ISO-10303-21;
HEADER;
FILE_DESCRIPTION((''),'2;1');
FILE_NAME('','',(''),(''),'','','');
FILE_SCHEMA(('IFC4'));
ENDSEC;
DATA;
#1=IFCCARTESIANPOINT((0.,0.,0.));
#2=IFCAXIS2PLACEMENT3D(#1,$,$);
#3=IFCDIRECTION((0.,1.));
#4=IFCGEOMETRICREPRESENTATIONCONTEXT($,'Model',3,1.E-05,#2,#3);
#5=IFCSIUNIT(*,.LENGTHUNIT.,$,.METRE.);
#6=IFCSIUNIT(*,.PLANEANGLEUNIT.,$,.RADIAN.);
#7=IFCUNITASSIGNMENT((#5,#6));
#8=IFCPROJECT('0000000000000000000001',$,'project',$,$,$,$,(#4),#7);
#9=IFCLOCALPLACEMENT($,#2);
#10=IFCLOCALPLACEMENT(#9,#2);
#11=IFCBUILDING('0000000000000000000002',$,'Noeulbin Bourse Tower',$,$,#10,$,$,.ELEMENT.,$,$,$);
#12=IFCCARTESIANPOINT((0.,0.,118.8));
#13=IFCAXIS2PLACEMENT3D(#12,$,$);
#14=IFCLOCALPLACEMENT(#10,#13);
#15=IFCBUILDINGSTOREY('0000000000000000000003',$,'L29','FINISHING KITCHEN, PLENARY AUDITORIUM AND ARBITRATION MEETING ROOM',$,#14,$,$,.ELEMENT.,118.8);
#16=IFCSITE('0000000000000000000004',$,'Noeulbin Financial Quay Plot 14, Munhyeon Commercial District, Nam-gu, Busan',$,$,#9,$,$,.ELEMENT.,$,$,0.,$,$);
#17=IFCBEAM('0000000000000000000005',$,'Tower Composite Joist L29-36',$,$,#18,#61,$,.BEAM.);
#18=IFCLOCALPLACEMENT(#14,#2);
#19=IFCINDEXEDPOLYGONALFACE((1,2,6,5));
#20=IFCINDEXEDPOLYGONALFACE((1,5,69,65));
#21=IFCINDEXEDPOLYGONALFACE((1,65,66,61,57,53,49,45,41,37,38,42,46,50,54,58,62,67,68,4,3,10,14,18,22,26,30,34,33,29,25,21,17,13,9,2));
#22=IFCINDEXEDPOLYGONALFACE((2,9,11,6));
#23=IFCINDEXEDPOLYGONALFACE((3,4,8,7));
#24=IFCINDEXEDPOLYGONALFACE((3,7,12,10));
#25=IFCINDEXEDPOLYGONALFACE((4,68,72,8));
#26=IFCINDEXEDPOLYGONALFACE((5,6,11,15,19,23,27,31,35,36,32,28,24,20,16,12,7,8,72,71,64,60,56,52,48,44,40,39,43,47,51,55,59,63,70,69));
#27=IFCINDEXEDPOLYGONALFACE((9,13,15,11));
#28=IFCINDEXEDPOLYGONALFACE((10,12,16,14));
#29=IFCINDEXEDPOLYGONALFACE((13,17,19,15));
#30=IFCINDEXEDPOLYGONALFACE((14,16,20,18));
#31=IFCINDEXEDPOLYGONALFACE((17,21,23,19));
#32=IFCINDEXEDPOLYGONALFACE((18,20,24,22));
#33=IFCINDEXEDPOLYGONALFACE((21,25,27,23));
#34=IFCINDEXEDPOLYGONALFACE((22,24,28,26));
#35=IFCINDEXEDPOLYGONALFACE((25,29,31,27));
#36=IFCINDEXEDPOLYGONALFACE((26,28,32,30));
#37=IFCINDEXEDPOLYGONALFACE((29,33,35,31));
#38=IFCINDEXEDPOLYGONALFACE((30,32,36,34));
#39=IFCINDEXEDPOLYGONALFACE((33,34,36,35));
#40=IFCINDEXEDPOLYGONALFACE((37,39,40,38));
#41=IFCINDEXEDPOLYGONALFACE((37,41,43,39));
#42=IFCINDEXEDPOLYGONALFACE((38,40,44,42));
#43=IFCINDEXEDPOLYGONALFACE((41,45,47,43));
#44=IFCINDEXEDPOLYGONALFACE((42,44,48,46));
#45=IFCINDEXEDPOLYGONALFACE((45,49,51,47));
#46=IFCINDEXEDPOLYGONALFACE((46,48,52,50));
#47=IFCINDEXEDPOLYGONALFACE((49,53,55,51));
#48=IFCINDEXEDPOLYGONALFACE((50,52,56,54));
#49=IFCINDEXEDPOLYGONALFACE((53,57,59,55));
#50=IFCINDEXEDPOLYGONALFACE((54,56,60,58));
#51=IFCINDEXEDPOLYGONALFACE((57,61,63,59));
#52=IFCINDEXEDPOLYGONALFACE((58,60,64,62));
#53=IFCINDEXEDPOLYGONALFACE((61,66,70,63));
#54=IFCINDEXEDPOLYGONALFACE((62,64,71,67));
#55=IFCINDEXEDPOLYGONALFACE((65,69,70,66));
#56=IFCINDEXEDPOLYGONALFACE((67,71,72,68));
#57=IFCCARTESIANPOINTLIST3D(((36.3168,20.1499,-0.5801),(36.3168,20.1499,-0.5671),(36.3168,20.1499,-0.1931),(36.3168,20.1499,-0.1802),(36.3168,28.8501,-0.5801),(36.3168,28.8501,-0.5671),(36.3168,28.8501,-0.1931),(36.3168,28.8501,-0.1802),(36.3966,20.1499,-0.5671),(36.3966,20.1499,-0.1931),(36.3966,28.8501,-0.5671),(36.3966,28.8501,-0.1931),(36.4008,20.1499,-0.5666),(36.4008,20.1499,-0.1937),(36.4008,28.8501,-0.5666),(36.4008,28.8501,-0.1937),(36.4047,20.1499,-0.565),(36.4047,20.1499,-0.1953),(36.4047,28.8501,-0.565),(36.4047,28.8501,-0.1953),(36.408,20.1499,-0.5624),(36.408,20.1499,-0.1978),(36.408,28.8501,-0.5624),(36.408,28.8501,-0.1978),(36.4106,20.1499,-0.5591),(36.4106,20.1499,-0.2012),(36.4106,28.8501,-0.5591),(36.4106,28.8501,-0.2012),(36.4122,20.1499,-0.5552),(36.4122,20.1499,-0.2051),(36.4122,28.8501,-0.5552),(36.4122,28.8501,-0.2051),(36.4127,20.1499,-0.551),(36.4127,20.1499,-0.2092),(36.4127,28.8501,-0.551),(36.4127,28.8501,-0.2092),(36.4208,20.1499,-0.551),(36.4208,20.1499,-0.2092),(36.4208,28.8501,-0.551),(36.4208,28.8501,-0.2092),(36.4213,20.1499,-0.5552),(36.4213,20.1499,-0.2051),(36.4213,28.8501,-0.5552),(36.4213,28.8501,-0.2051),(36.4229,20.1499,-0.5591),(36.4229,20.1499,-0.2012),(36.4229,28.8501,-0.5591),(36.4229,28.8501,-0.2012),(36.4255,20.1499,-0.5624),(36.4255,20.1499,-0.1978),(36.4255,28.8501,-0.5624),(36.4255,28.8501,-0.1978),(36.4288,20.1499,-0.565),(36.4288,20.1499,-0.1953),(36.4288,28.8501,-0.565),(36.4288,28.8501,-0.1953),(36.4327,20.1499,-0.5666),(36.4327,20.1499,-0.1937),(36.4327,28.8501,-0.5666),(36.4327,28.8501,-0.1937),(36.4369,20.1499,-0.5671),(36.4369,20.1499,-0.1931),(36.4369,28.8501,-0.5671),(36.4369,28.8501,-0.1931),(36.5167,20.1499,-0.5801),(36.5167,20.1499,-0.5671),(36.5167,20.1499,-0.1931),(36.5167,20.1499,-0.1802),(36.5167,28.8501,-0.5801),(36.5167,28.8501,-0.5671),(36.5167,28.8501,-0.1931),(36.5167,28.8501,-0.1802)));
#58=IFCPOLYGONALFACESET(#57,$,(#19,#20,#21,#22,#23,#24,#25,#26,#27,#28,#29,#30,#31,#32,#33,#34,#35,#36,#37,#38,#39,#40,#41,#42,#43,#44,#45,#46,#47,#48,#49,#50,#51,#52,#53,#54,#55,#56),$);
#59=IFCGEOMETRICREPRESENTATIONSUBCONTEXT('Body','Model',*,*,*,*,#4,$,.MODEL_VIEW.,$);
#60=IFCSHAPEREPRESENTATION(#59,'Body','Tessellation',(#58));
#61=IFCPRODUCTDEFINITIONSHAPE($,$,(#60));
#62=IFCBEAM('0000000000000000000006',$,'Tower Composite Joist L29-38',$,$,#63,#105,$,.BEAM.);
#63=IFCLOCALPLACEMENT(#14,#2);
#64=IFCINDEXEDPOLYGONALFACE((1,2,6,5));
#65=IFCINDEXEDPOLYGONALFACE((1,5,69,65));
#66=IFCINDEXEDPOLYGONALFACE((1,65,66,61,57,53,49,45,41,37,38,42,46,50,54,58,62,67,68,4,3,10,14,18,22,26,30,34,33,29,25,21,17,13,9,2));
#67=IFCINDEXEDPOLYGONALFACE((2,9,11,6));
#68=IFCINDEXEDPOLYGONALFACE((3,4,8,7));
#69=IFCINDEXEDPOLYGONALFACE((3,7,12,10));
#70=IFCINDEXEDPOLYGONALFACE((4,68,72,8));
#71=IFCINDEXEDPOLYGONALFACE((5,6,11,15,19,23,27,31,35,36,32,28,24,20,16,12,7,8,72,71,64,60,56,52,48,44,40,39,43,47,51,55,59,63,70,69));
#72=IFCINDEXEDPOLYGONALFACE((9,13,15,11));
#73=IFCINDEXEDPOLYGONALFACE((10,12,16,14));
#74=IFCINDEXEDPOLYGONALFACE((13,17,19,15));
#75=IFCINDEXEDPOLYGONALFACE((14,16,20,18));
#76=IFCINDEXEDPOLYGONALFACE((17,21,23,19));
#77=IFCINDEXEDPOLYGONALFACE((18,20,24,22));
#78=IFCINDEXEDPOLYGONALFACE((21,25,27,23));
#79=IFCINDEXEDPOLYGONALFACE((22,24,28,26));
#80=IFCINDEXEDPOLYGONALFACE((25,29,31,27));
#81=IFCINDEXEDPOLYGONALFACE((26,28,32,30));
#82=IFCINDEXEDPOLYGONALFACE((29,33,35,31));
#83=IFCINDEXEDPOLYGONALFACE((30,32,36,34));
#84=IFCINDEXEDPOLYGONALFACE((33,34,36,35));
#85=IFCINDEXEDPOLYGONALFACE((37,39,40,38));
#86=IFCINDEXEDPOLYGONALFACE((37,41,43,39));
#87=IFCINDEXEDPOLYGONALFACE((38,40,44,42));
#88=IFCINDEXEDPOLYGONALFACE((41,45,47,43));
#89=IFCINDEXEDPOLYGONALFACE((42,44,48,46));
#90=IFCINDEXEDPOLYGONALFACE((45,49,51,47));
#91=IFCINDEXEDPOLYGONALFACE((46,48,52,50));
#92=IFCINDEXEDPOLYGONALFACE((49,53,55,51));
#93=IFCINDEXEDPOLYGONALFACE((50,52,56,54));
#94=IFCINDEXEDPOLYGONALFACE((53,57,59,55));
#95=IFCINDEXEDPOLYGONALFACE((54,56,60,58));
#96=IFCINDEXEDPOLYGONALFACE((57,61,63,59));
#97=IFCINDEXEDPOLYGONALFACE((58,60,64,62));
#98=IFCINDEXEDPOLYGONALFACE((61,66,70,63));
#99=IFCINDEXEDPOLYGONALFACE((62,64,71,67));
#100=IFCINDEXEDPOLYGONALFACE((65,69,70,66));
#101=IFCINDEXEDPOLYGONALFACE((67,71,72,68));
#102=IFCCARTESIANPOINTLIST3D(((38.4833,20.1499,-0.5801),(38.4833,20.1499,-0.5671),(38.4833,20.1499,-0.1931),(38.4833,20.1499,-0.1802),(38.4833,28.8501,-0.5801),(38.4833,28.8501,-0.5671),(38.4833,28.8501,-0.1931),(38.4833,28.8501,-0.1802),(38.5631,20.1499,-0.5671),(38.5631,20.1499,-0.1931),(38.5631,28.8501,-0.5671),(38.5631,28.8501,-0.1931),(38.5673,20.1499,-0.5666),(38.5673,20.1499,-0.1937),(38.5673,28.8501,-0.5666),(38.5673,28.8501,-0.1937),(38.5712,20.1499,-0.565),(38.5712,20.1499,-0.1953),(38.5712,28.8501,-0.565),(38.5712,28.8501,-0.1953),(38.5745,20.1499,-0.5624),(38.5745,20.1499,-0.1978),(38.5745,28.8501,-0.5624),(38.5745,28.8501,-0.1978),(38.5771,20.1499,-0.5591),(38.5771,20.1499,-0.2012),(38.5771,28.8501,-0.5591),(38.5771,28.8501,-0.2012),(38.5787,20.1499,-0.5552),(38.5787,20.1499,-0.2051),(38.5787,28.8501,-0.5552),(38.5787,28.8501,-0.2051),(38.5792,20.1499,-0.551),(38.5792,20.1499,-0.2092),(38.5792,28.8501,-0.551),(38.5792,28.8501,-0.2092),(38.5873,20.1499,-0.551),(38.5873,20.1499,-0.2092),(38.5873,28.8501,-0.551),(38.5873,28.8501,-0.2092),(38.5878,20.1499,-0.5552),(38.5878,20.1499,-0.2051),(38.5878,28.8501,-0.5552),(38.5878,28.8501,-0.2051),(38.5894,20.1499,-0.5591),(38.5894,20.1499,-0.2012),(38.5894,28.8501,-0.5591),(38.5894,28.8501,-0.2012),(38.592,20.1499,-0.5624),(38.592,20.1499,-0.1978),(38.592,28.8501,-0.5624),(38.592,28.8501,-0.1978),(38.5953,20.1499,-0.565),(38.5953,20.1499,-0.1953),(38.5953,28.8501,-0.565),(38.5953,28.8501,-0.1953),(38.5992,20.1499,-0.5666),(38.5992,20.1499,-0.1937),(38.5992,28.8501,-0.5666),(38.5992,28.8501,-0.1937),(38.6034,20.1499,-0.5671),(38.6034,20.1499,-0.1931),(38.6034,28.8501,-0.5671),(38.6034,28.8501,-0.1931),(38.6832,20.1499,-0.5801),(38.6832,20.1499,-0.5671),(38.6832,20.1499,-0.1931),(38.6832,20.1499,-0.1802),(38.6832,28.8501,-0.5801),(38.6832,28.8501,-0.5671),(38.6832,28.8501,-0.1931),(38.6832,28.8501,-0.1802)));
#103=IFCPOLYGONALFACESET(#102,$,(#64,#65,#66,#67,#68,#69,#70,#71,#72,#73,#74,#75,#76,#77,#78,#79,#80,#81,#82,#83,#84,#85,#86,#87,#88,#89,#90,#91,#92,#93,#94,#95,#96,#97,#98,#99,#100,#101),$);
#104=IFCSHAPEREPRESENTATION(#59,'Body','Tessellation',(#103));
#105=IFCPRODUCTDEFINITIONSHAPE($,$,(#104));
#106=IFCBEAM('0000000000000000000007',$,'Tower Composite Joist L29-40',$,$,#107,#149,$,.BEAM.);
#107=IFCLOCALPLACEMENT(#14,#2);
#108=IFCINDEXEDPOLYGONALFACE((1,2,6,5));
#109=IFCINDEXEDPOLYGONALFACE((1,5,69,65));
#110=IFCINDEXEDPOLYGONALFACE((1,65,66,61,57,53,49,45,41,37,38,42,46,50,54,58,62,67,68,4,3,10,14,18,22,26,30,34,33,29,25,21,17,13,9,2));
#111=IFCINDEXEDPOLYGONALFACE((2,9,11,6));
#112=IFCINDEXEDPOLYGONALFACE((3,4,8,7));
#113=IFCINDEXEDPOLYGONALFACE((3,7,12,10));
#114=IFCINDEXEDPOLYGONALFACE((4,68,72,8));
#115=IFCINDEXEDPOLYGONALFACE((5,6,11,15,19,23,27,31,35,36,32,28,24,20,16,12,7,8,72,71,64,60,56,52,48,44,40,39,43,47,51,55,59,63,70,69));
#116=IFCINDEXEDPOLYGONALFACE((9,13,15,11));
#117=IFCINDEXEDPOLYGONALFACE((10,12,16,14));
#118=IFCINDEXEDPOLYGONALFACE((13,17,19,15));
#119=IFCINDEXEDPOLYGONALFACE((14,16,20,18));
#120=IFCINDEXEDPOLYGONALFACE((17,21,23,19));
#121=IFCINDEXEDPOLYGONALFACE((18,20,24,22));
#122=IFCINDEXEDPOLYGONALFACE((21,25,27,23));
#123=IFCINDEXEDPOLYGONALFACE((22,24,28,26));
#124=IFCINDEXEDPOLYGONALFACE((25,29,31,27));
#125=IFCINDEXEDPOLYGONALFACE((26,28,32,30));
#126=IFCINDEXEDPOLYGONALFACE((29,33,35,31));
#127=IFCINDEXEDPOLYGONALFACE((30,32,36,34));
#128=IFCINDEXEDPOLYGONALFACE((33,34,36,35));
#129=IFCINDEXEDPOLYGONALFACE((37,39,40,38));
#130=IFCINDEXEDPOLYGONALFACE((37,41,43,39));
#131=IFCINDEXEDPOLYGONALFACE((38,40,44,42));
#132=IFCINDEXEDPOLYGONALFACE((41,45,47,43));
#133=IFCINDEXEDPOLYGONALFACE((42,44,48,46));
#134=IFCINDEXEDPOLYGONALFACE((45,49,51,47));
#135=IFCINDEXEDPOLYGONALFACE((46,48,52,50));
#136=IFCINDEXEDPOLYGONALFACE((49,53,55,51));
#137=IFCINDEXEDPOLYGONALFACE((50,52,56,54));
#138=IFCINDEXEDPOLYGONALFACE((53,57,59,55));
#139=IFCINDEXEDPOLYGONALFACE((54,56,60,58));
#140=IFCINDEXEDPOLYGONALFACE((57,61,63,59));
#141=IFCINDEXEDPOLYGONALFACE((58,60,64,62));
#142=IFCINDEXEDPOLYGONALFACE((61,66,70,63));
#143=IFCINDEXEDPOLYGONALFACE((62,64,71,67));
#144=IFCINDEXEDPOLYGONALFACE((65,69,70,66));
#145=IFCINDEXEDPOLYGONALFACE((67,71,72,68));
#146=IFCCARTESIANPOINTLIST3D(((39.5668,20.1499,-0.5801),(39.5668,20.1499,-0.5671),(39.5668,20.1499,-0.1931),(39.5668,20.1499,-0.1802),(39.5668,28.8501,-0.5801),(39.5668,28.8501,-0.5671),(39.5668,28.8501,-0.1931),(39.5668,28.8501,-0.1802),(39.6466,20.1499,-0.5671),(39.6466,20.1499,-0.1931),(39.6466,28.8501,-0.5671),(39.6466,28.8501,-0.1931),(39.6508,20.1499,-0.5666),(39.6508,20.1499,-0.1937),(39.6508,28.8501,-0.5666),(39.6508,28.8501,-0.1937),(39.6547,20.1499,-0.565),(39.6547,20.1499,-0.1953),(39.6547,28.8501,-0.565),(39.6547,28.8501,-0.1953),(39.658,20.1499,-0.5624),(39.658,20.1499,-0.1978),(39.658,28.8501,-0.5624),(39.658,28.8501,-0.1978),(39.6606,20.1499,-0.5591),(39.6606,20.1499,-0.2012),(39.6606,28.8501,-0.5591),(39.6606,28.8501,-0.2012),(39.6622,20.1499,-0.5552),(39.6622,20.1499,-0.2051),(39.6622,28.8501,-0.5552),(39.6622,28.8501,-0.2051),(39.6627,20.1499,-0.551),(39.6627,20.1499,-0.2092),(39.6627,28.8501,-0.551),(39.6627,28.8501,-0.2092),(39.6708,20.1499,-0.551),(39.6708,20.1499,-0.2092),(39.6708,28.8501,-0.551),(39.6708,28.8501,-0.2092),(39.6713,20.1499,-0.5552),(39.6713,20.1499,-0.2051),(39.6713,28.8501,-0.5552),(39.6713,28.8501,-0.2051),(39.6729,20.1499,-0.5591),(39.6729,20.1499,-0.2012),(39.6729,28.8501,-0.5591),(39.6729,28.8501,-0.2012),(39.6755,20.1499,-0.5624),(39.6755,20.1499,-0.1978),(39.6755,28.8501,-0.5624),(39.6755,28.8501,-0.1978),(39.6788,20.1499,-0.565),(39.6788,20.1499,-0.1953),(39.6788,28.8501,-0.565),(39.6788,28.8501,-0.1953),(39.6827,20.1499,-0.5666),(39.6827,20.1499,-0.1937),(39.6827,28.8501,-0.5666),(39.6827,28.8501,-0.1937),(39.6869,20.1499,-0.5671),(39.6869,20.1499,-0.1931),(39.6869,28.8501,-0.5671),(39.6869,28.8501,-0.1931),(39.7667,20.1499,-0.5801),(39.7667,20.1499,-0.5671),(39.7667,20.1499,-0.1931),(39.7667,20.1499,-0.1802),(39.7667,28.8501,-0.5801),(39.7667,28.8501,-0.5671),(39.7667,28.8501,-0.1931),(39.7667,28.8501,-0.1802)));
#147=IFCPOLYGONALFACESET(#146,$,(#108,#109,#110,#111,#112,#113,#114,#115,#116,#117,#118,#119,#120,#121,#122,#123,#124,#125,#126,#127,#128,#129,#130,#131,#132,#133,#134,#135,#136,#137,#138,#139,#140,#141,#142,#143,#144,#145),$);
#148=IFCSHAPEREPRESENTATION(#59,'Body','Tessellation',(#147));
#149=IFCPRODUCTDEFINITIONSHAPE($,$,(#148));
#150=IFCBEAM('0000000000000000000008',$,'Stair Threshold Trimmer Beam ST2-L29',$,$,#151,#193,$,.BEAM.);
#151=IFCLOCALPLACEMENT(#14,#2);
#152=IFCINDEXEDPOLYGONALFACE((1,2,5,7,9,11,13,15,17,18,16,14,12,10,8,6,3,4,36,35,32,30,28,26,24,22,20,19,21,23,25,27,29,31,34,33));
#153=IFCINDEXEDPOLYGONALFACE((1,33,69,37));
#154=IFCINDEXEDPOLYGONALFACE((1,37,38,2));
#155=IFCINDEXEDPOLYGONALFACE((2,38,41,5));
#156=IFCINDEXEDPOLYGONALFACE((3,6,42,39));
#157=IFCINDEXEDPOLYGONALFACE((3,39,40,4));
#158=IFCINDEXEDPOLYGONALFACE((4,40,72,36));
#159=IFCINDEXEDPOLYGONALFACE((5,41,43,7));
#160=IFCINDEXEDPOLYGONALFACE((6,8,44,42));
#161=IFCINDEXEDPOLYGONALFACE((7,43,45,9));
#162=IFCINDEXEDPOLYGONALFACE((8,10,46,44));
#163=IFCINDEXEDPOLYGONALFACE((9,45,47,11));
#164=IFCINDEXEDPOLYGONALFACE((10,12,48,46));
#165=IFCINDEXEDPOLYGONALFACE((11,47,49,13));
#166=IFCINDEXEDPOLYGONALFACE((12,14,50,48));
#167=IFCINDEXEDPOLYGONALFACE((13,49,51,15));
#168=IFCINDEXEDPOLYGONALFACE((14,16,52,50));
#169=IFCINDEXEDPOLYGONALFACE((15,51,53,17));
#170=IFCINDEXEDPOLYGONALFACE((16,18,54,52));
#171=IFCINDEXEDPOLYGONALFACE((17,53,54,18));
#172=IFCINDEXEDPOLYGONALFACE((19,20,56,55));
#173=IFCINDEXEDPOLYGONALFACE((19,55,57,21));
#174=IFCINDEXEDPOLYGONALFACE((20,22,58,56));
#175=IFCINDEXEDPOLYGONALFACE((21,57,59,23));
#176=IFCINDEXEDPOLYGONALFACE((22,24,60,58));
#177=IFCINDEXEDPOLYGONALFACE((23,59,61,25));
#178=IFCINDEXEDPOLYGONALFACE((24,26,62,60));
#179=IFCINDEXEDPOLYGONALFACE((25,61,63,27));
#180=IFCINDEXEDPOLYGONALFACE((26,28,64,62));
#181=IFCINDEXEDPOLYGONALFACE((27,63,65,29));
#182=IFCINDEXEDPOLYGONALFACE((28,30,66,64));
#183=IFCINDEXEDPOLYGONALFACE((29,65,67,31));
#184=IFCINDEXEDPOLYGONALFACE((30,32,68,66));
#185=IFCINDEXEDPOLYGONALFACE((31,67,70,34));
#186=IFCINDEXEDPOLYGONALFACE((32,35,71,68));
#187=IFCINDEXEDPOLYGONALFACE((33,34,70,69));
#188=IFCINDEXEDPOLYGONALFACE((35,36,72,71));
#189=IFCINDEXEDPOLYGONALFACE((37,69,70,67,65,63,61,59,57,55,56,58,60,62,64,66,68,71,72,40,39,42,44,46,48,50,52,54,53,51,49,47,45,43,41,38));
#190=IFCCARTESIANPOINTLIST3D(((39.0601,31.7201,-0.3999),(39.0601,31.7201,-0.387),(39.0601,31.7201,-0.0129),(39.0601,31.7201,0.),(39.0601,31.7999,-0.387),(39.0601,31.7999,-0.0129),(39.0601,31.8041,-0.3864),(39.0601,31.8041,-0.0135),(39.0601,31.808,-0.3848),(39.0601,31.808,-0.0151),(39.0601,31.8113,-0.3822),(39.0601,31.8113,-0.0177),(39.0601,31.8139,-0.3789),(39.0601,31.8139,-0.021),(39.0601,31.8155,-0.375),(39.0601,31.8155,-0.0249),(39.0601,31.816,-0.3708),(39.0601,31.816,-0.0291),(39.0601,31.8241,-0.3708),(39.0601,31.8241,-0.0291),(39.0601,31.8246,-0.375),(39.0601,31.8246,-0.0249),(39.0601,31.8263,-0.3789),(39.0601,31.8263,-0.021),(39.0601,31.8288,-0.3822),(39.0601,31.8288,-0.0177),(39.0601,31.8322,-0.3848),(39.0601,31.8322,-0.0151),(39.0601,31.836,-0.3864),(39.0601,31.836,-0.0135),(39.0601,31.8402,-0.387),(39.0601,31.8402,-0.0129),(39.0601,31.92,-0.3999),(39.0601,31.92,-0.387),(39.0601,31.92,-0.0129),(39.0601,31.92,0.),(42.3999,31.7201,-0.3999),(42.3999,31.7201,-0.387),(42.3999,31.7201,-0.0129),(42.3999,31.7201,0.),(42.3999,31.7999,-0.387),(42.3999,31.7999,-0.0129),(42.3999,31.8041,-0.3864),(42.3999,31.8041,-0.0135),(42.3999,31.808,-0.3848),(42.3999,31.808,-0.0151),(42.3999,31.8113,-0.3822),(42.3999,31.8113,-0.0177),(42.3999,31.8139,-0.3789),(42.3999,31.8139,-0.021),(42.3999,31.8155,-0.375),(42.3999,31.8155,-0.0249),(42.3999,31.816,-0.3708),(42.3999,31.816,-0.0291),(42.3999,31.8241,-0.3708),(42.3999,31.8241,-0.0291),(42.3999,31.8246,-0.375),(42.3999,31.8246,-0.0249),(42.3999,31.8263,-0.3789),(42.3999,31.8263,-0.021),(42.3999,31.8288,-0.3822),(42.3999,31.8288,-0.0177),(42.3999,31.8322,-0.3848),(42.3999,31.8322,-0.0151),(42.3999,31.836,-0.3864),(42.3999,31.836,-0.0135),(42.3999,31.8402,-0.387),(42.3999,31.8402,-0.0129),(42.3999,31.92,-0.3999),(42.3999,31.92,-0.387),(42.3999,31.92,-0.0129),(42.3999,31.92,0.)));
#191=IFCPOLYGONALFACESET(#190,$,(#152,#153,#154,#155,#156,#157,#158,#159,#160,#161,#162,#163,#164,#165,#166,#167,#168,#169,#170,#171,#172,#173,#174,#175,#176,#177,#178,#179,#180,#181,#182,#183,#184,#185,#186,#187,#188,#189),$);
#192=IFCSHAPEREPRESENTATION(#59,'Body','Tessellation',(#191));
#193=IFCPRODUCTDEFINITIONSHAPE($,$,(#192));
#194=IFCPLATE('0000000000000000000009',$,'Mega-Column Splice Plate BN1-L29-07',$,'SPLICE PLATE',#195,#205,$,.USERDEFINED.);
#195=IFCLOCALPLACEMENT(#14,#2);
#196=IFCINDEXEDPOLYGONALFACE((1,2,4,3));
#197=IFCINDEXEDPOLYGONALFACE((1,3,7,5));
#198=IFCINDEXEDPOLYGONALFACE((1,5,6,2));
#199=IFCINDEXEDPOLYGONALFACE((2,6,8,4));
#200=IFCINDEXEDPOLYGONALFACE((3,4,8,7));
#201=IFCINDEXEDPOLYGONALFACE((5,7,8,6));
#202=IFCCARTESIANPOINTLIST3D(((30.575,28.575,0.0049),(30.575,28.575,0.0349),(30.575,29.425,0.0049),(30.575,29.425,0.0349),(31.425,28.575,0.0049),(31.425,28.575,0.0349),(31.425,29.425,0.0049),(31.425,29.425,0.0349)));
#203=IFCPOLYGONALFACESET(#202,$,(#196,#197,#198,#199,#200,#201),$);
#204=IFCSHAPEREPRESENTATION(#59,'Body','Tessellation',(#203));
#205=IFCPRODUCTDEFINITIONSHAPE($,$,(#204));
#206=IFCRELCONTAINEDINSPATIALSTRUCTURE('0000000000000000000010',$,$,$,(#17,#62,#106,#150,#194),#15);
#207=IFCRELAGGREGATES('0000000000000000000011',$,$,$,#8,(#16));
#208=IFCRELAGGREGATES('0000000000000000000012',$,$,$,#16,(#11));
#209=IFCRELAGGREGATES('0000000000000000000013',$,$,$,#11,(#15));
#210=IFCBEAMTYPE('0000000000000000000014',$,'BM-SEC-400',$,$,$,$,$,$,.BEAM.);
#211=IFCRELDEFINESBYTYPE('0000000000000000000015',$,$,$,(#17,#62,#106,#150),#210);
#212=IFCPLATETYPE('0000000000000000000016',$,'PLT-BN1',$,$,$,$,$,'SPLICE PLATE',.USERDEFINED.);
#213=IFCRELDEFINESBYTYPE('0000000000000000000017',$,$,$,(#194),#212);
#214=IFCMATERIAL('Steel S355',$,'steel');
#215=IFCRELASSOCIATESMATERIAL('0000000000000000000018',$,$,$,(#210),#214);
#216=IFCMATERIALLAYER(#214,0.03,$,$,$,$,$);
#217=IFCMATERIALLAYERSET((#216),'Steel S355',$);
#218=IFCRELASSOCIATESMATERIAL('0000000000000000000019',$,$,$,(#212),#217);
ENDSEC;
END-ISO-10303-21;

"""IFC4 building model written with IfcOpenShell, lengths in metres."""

from ifc_helpers import new_model, si_unit, direction, frame, origin, origin_2d, place, context, subcontext, project, spatial, rectangle, i_section, extrude, material, layer, layer_set, material_profile, profile_set, type_object, element, save


model = new_model("IFC4")

# Units and contexts
model_context = context("Model", 3, precision=1e-05, world=origin(), true_north=direction((0.0, 1.0)))
body_context = subcontext(model_context, "Body", "Model", "MODEL_VIEW")
ifc_project = project(units=[si_unit("LENGTHUNIT", "METRE"), si_unit("PLANEANGLEUNIT", "RADIAN")], contexts=[model_context])

# Site, building, storey
site_placement = place(None, origin())
site = spatial("IfcSite", under=ifc_project, at=site_placement, Name="Noeulbin Financial Quay Plot 14, Munhyeon Commercial District, Nam-gu, Busan", CompositionType="ELEMENT", RefElevation=0.0)
building_placement = place(site_placement, origin())
building = spatial("IfcBuilding", under=site, at=building_placement, Name="Noeulbin Bourse Tower", CompositionType="ELEMENT")
storey_placement = place(building_placement, frame((0.0, 0.0, 118.8)))
storey = spatial("IfcBuildingStorey", under=building, at=storey_placement, Name="L29", Description="FINISHING KITCHEN, PLENARY AUDITORIUM AND ARBITRATION MEETING ROOM", CompositionType="ELEMENT", Elevation=118.8)

# Beams
ifc_material_1 = material(Name="Steel S355", Category="steel")
ifc_material_profile_1 = material_profile(ifc_material_1, i_section(OverallWidth=0.2, OverallDepth=0.3999, WebThickness=0.0081, FlangeThickness=0.0129, FilletRadius=0.0161, at=origin_2d()), Name="H-400x200x8x13", Category="LoadBearing")
ifc_profile_set_1 = profile_set([ifc_material_profile_1], Name="Steel S355")
beam_type = type_object("IfcBeamType", Name="BM-SEC-400", PredefinedType="BEAM", material=ifc_profile_set_1)
for number, where, z_axis, x_axis, name in (
    (1, (36.4167, 20.1499, -0.3801), (0.0, 1.0, 0.0), (-1.0, 0.0, 0.0), "Tower Composite Joist L29-36"),
    (2, (38.5833, 20.1499, -0.3801), (0.0, 1.0, 0.0), (-1.0, 0.0, 0.0), "Tower Composite Joist L29-38"),
    (3, (39.6667, 20.1499, -0.3801), (0.0, 1.0, 0.0), (-1.0, 0.0, 0.0), "Tower Composite Joist L29-40"),
):
    element("IfcBeam", number, at=place(storey_placement, frame(where, z_axis=z_axis, x_axis=x_axis)), inside=storey, type_object=beam_type, Name=name, PredefinedType="BEAM", context=body_context, shape_type="SweptSolid", body=[
        extrude(i_section(OverallWidth=0.2, OverallDepth=0.3999, WebThickness=0.0081, FlangeThickness=0.0129, FilletRadius=0.0161, at=origin_2d()), origin(), (0.0, 0.0, 1.0), 8.7002),
    ])
beam_placement = place(storey_placement, frame((39.0601, 31.8201, -0.2), z_axis=(1.0, 0.0, 0.0), x_axis=(0.0, 1.0, 0.0)))
element("IfcBeam", 4, at=beam_placement, inside=storey, type_object=beam_type, Name="Stair Threshold Trimmer Beam ST2-L29", PredefinedType="BEAM", context=body_context, shape_type="SweptSolid", body=[
    extrude(i_section(OverallWidth=0.2, OverallDepth=0.3999, WebThickness=0.0081, FlangeThickness=0.0129, FilletRadius=0.0161, at=origin_2d()), origin(), (0.0, 0.0, 1.0), 3.3398),
])

# Plate
ifc_layer_1 = layer(ifc_material_1, 0.03)
ifc_layer_set_1 = layer_set([ifc_layer_1], Name="Steel S355")
plate_type = type_object("IfcPlateType", Name="PLT-BN1", ElementType="SPLICE PLATE", PredefinedType="USERDEFINED", material=ifc_layer_set_1)
for number, where, z_axis, x_axis, name in (
    (5, (31.0, 29.0, 0.0049), (0.0, 0.0, 1.0), (1.0, 0.0, 0.0), "Mega-Column Splice Plate BN1-L29-07"),
):
    element("IfcPlate", number, at=place(storey_placement, frame(where, z_axis=z_axis, x_axis=x_axis)), inside=storey, type_object=plate_type, Name=name, ObjectType="SPLICE PLATE", PredefinedType="USERDEFINED", context=body_context, shape_type="SweptSolid", body=[
        extrude(rectangle(XDim=0.8501, YDim=0.8501, at=origin_2d()), origin(), (0.0, 0.0, 1.0), 0.03),
    ])

save(model, "model.ifc")
